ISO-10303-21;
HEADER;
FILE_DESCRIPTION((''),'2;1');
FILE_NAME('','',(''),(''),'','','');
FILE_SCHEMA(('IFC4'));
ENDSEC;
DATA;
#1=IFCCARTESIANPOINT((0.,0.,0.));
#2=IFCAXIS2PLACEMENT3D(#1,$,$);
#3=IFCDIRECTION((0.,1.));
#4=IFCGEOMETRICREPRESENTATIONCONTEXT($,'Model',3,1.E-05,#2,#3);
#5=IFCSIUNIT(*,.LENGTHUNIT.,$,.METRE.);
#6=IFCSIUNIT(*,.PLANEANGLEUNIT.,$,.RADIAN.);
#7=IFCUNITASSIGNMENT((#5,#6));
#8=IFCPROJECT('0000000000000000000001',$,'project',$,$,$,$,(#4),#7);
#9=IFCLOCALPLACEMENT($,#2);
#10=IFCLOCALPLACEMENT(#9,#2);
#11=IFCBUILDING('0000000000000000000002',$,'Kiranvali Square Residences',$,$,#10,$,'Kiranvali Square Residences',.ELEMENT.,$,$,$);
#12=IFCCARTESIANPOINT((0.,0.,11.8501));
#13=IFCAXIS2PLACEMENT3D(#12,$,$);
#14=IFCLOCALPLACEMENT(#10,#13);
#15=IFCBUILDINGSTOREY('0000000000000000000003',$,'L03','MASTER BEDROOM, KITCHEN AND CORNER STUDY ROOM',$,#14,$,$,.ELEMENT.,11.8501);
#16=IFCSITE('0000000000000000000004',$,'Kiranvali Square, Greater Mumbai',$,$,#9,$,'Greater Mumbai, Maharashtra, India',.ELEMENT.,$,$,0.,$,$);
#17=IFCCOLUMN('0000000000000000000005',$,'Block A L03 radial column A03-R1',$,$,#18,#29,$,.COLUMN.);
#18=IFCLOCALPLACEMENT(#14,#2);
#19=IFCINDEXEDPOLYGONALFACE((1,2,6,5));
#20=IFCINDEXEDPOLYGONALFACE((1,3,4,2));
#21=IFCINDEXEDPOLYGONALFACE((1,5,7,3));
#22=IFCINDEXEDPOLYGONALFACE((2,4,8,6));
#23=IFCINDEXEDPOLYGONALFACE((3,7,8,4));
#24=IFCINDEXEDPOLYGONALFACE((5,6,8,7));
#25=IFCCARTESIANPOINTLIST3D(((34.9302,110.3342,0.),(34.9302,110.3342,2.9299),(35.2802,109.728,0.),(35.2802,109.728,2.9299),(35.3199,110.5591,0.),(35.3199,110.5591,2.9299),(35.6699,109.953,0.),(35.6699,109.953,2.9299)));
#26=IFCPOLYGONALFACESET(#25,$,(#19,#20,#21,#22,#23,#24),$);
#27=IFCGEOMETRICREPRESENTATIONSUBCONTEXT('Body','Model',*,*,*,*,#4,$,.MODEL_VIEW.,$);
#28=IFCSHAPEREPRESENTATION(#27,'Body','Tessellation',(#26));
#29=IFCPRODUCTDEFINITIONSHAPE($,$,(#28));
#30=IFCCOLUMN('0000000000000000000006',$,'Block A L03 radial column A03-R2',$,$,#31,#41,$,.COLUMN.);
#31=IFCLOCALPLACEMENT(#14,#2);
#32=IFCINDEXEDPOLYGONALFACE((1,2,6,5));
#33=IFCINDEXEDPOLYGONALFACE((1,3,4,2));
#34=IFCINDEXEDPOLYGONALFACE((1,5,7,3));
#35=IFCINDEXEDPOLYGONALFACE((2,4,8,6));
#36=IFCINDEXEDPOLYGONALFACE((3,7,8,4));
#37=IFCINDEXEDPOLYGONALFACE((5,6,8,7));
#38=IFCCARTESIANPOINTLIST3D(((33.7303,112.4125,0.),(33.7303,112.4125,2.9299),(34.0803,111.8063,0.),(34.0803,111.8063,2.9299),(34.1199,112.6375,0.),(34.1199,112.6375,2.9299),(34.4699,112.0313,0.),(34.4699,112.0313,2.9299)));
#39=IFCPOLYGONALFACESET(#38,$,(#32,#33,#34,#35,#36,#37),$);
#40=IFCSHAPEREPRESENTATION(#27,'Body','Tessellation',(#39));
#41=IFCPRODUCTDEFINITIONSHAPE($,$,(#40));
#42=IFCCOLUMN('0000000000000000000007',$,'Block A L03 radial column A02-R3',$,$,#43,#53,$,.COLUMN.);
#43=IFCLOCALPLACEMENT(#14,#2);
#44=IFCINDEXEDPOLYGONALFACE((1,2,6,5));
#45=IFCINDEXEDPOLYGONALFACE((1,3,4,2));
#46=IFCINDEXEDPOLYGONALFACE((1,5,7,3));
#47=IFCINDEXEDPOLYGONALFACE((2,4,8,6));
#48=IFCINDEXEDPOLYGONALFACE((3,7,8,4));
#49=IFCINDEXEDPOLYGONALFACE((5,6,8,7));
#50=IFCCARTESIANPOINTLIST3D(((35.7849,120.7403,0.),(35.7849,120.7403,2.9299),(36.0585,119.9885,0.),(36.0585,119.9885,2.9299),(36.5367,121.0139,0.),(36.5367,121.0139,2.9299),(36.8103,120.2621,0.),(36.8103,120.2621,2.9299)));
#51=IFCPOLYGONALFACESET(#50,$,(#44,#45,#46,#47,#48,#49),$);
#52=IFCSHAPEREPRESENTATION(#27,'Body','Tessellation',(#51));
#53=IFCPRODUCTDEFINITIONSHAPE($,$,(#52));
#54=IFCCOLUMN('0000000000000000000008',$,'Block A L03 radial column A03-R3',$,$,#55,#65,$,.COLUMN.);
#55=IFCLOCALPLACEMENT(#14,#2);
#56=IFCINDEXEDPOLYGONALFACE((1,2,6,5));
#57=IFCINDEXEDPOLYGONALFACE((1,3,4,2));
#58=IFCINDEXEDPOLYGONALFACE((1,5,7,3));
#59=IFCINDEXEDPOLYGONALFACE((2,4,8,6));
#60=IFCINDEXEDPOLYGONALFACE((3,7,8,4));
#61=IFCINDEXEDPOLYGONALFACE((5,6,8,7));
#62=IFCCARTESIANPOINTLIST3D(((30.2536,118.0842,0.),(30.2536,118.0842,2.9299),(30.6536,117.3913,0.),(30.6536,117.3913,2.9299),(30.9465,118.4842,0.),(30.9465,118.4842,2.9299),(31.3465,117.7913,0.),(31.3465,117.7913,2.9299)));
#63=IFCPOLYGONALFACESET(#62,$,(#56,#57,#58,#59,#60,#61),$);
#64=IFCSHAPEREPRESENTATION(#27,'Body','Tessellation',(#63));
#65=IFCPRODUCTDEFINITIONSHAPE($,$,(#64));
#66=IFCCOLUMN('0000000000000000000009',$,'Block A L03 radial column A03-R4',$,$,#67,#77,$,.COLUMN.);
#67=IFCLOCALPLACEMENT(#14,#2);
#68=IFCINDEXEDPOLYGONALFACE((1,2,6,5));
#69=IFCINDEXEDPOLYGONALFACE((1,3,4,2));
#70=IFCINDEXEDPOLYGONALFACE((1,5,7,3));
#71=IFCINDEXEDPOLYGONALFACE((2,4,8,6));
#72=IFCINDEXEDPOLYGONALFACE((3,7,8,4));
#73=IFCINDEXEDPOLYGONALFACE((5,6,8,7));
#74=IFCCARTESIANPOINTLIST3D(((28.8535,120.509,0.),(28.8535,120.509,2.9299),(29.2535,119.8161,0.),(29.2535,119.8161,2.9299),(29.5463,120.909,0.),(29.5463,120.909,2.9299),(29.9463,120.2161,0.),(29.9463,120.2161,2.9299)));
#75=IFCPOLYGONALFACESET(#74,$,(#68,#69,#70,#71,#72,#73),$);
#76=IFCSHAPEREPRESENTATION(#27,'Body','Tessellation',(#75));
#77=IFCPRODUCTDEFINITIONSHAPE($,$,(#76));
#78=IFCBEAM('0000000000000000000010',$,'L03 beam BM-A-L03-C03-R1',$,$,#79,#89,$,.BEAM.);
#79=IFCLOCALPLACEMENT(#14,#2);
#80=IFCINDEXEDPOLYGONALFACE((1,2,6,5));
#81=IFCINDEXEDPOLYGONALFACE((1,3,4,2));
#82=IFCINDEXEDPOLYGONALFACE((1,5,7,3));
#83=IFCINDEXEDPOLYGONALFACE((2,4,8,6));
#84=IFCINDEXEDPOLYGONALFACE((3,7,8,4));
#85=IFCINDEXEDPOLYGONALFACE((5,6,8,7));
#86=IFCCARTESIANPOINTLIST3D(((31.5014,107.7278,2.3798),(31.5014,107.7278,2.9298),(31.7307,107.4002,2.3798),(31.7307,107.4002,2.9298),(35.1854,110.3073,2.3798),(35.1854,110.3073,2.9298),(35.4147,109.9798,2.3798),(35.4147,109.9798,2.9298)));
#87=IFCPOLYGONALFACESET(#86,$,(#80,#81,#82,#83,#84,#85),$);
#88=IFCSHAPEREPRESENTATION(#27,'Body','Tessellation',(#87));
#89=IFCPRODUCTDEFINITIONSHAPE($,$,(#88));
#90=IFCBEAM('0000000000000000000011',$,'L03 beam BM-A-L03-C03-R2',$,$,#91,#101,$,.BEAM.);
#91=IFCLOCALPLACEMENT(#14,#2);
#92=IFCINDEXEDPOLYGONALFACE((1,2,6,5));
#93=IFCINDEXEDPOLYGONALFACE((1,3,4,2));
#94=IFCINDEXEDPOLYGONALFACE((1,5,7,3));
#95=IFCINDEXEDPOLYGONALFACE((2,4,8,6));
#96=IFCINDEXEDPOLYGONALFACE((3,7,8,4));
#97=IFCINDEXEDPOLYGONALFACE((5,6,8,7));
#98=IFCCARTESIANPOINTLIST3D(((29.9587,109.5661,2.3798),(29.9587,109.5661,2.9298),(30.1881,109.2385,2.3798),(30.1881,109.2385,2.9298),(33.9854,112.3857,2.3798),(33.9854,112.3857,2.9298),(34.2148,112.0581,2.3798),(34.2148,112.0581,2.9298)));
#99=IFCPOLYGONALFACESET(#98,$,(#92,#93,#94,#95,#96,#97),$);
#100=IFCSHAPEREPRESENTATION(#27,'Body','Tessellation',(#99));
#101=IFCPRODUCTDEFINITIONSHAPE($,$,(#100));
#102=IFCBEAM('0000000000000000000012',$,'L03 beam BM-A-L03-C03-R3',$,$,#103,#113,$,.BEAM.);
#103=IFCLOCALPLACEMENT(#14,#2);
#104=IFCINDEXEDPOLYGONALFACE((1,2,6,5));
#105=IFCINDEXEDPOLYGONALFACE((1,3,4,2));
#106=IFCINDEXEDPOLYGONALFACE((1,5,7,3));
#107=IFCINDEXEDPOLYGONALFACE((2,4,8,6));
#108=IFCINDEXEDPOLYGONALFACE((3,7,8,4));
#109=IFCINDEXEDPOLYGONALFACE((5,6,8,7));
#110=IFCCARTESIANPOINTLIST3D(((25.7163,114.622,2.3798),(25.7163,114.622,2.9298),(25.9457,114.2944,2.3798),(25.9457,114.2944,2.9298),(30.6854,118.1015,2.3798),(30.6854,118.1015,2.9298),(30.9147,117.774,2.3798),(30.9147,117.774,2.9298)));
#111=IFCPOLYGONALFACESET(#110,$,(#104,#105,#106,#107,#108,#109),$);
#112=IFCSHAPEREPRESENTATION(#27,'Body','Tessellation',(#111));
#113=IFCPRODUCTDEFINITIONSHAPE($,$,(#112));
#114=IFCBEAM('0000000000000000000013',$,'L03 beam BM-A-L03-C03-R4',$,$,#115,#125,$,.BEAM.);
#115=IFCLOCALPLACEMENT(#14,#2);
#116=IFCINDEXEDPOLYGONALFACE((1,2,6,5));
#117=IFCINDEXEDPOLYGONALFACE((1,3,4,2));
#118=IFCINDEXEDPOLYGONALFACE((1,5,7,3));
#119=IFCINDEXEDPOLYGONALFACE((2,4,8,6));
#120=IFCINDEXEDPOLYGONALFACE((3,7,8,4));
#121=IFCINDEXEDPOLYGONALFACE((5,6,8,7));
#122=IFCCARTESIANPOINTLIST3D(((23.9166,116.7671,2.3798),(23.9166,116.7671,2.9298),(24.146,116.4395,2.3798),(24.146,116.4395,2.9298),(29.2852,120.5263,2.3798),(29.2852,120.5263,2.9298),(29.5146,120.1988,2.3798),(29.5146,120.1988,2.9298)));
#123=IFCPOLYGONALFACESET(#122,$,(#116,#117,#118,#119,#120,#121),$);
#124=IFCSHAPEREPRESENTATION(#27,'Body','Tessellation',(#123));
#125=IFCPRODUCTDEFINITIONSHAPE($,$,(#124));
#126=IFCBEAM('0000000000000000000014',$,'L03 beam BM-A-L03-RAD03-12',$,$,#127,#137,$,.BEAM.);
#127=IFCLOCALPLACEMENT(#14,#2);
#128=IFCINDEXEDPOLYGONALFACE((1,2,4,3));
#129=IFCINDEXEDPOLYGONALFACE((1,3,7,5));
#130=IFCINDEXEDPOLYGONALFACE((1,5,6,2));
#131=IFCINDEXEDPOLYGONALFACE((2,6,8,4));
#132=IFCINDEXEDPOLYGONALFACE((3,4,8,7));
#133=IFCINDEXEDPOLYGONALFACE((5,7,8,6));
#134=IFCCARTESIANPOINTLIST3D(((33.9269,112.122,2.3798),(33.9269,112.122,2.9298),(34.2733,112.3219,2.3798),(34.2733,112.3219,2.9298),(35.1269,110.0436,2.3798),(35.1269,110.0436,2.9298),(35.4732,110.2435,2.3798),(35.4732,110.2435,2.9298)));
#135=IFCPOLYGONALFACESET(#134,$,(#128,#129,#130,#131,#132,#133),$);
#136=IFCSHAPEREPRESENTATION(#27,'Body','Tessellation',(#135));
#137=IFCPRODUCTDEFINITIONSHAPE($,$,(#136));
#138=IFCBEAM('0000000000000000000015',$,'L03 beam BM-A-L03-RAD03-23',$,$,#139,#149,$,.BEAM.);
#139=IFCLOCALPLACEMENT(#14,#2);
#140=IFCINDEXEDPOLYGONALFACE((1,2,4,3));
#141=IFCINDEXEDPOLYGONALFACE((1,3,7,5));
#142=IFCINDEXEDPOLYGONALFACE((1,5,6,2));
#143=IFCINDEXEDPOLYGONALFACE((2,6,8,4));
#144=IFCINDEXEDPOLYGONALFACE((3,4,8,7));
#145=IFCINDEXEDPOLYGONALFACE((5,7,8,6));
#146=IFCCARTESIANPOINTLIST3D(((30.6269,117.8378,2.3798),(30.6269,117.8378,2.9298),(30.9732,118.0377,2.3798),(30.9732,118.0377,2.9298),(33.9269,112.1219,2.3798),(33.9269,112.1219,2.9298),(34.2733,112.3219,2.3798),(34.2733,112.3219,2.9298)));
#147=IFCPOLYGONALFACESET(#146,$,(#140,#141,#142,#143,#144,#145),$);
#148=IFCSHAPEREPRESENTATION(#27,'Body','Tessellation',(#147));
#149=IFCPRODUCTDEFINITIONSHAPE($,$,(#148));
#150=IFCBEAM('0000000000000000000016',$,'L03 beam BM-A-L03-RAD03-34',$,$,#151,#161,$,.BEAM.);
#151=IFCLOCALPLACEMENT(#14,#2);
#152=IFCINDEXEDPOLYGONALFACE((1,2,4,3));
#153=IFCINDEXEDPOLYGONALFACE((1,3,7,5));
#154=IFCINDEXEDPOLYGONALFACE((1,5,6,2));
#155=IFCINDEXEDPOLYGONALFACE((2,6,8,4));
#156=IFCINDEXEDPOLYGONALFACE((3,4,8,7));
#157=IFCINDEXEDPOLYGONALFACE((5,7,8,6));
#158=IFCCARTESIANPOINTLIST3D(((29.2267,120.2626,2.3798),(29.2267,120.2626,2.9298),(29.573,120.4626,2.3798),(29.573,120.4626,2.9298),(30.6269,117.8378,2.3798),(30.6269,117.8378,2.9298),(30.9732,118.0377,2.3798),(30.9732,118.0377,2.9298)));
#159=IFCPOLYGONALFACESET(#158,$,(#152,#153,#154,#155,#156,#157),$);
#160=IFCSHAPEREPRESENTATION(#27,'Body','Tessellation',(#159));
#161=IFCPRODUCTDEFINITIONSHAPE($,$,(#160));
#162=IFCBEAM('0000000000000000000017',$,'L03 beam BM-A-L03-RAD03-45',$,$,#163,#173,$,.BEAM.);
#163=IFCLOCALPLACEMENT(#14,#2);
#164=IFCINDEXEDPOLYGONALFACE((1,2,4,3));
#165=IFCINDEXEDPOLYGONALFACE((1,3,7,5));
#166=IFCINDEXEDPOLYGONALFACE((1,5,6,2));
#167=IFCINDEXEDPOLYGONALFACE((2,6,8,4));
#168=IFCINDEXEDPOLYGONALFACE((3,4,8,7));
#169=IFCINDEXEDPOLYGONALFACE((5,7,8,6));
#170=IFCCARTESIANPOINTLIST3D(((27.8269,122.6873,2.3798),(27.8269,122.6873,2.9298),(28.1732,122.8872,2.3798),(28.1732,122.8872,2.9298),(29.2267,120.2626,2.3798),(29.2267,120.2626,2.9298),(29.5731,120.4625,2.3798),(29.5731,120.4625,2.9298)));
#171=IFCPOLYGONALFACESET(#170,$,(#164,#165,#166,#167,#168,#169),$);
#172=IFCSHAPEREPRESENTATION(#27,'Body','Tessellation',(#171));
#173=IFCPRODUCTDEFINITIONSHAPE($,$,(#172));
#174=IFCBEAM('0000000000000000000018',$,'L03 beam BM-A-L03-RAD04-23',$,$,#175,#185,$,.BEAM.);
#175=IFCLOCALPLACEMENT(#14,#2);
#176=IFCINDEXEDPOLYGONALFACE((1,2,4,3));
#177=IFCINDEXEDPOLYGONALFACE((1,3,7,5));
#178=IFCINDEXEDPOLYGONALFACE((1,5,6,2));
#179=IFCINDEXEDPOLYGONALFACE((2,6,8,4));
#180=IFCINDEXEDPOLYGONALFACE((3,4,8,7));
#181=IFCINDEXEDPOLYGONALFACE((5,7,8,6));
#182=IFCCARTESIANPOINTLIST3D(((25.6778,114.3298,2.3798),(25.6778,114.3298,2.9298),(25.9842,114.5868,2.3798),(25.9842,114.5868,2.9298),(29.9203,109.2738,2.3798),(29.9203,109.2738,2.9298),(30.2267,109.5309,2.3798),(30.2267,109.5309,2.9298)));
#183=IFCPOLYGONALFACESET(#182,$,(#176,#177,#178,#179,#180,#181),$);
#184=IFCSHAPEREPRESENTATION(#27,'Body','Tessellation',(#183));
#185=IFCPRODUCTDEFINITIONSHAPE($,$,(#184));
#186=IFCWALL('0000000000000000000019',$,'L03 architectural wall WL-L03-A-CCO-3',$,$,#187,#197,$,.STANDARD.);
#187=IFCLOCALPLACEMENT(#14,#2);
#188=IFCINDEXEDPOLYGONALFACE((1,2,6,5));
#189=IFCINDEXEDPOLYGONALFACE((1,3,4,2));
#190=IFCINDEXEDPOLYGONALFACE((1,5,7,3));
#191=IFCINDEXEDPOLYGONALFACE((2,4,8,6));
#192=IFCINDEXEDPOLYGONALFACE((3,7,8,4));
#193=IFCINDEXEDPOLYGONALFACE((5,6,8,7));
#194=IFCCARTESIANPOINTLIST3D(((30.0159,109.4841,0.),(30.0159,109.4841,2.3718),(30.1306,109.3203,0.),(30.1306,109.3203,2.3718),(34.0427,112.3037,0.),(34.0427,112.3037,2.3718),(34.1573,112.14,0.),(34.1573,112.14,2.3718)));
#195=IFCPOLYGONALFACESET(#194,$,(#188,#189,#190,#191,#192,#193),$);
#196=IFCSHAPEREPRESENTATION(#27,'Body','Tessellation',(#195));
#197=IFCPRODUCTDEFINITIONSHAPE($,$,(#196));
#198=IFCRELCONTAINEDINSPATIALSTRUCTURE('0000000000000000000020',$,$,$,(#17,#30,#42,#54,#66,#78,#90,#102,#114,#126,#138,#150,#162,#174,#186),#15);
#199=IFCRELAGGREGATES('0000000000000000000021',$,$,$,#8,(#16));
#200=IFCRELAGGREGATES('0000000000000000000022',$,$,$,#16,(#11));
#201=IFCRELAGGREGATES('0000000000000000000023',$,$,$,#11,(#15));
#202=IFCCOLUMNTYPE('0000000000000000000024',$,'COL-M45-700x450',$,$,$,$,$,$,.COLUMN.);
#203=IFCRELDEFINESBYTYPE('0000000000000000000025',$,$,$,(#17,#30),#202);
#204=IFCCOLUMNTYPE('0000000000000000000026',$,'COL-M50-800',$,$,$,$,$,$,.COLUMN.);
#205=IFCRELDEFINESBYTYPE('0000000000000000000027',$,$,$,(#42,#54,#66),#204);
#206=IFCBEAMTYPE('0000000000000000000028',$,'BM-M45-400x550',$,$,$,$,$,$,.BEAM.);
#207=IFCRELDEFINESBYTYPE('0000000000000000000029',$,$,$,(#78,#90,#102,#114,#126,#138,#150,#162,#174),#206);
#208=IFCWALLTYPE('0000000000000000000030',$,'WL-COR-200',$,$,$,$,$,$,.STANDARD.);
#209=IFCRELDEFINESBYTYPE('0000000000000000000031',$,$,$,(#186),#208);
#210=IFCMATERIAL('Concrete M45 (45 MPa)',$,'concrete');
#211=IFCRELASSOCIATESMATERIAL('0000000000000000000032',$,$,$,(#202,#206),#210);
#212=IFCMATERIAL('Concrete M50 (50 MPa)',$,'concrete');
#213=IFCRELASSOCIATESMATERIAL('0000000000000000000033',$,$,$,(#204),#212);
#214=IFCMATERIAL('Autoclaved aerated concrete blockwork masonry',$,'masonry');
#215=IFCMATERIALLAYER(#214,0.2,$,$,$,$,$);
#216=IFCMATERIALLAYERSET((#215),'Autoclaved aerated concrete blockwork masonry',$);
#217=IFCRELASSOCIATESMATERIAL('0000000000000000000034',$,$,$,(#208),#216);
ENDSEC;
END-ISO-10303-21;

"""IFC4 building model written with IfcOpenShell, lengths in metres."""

from ifc_helpers import new_model, si_unit, direction, frame, frame_2d, origin, origin_2d, place, context, subcontext, project, spatial, rectangle, extrude, material, layer, layer_set, material_profile, profile_set, type_object, element, save


model = new_model("IFC4")

# Units and contexts
model_context = context("Model", 3, precision=1e-05, world=origin(), true_north=direction((0.0, 1.0)))
body_context = subcontext(model_context, "Body", "Model", "MODEL_VIEW")
ifc_project = project(units=[si_unit("LENGTHUNIT", "METRE"), si_unit("PLANEANGLEUNIT", "RADIAN")], contexts=[model_context])

# Site, building, storey
site_placement = place(None, origin())
site = spatial("IfcSite", under=ifc_project, at=site_placement, Name="Kiranvali Square, Greater Mumbai", LongName="Greater Mumbai, Maharashtra, India", CompositionType="ELEMENT", RefElevation=0.0)
building_placement = place(site_placement, origin())
building = spatial("IfcBuilding", under=site, at=building_placement, Name="Kiranvali Square Residences", LongName="Kiranvali Square Residences", CompositionType="ELEMENT")
storey_placement = place(building_placement, frame((0.0, 0.0, 11.8501)))
storey = spatial("IfcBuildingStorey", under=building, at=storey_placement, Name="L03", Description="MASTER BEDROOM, KITCHEN AND CORNER STUDY ROOM", CompositionType="ELEMENT", Elevation=11.8501)

# Columns
ifc_material_1 = material(Name="Concrete M45 (45 MPa)", Category="concrete")
ifc_material_profile_1 = material_profile(ifc_material_1, rectangle(XDim=0.45, YDim=0.7, at=origin_2d()), Name="RC 700x450")
ifc_profile_set_1 = profile_set([ifc_material_profile_1], Name="Concrete M45 (45 MPa)")
column_type_1 = type_object("IfcColumnType", Name="COL-M45-700x450", PredefinedType="COLUMN", material=ifc_profile_set_1)
for number, where, z_axis, x_axis, name in (
    (1, (35.3, 110.1436, 0.0), (0.0, 0.0, 1.0), (0.866025, 0.5, 0.0), "Block A L03 radial column A03-R1"),
    (2, (34.1001, 112.2219, 0.0), (0.0, 0.0, 1.0), (0.866025, 0.5, 0.0), "Block A L03 radial column A03-R2"),
):
    element("IfcColumn", number, at=place(storey_placement, frame(where, z_axis=z_axis, x_axis=x_axis)), inside=storey, type_object=column_type_1, Name=name, PredefinedType="COLUMN", context=body_context, shape_type="SweptSolid", body=[
        extrude(rectangle(XDim=0.45, YDim=0.7, at=origin_2d()), origin(), (0.0, 0.0, 1.0), 2.9299),
    ])
ifc_material_2 = material(Name="Concrete M50 (50 MPa)", Category="concrete")
ifc_material_profile_2 = material_profile(ifc_material_2, rectangle(XDim=0.8, YDim=0.8, at=origin_2d()), Name="RC 800x800")
ifc_profile_set_2 = profile_set([ifc_material_profile_2], Name="Concrete M50 (50 MPa)")
column_type_2 = type_object("IfcColumnType", Name="COL-M50-800", PredefinedType="COLUMN", material=ifc_profile_set_2)
for number, where, z_axis, x_axis, name in (
    (3, (36.2976, 120.5012, 0.0), (0.0, 0.0, 1.0), (0.939693, 0.34202, 0.0), "Block A L03 radial column A02-R3"),
    (4, (30.8, 117.9377, 0.0), (0.0, 0.0, 1.0), (0.866025, 0.5, 0.0), "Block A L03 radial column A03-R3"),
    (5, (29.3999, 120.3625, 0.0), (0.0, 0.0, 1.0), (0.866025, 0.5, 0.0), "Block A L03 radial column A03-R4"),
):
    element("IfcColumn", number, at=place(storey_placement, frame(where, z_axis=z_axis, x_axis=x_axis)), inside=storey, type_object=column_type_2, Name=name, PredefinedType="COLUMN", context=body_context, shape_type="SweptSolid", body=[
        extrude(rectangle(XDim=0.8, YDim=0.8, at=origin_2d()), origin(), (0.0, 0.0, 1.0), 2.9299),
    ])

# Beams
ifc_material_profile_3 = material_profile(ifc_material_1, rectangle(XDim=0.3999, YDim=0.55, at=origin_2d()), Name="RC 400x550")
ifc_profile_set_3 = profile_set([ifc_material_profile_3], Name="Concrete M45 (45 MPa)")
beam_type = type_object("IfcBeamType", Name="BM-M45-400x550", PredefinedType="BEAM", material=ifc_profile_set_3)
beam_1_placement = place(storey_placement, frame((35.3, 110.1436, 2.6548), z_axis=(-0.819155, -0.573572, 0.0), x_axis=(0.573572, -0.819155, 0.0)))
element("IfcBeam", 6, at=beam_1_placement, inside=storey, type_object=beam_type, Name="L03 beam BM-A-L03-C03-R1", PredefinedType="BEAM", context=body_context, shape_type="SweptSolid", body=[
    extrude(rectangle(XDim=0.3999, YDim=0.55, at=origin_2d()), origin(), (0.0, 0.0, 1.0), 4.4973),
])
beam_2_placement = place(storey_placement, frame((34.1001, 112.2219, 2.6548), z_axis=(-0.819141, -0.573592, 0.0), x_axis=(0.573592, -0.819141, 0.0)))
element("IfcBeam", 7, at=beam_2_placement, inside=storey, type_object=beam_type, Name="L03 beam BM-A-L03-C03-R2", PredefinedType="BEAM", context=body_context, shape_type="SweptSolid", body=[
    extrude(rectangle(XDim=0.3999, YDim=0.55, at=origin_2d()), origin(), (0.0, 0.0, 1.0), 4.9158),
])
beam_3_placement = place(storey_placement, frame((30.8, 117.9377, 2.6548), z_axis=(-0.819139, -0.573595, 0.0), x_axis=(0.573595, -0.819139, 0.0)))
element("IfcBeam", 8, at=beam_3_placement, inside=storey, type_object=beam_type, Name="L03 beam BM-A-L03-C03-R3", PredefinedType="BEAM", context=body_context, shape_type="SweptSolid", body=[
    extrude(rectangle(XDim=0.3999, YDim=0.55, at=origin_2d()), origin(), (0.0, 0.0, 1.0), 6.0662),
])
beam_4_placement = place(storey_placement, frame((29.3999, 120.3625, 2.6548), z_axis=(-0.819144, -0.573587, 0.0), x_axis=(0.573587, -0.819144, 0.0)))
element("IfcBeam", 9, at=beam_4_placement, inside=storey, type_object=beam_type, Name="L03 beam BM-A-L03-C03-R4", PredefinedType="BEAM", context=body_context, shape_type="SweptSolid", body=[
    extrude(rectangle(XDim=0.3999, YDim=0.55, at=origin_2d()), origin(), (0.0, 0.0, 1.0), 6.554),
])
beam_5_placement = place(storey_placement, frame((35.3, 110.1436, 2.6548), z_axis=(-0.500001, 0.866025, 0.0), x_axis=(-0.866025, -0.500001, 0.0)))
element("IfcBeam", 10, at=beam_5_placement, inside=storey, type_object=beam_type, Name="L03 beam BM-A-L03-RAD03-12", PredefinedType="BEAM", context=body_context, shape_type="SweptSolid", body=[
    extrude(rectangle(XDim=0.3999, YDim=0.55, at=origin_2d()), origin(), (0.0, 0.0, 1.0), 2.3999),
])
beam_6_placement = place(storey_placement, frame((34.1001, 112.2219, 2.6548), z_axis=(-0.500002, 0.866024, 0.0), x_axis=(-0.866024, -0.500002, 0.0)))
element("IfcBeam", 11, at=beam_6_placement, inside=storey, type_object=beam_type, Name="L03 beam BM-A-L03-RAD03-23", PredefinedType="BEAM", context=body_context, shape_type="SweptSolid", body=[
    extrude(rectangle(XDim=0.3999, YDim=0.55, at=origin_2d()), origin(), (0.0, 0.0, 1.0), 6.6001),
])
beam_7_placement = place(storey_placement, frame((30.8, 117.9377, 2.6548), z_axis=(-0.50005, 0.865997, 0.0), x_axis=(-0.865997, -0.50005, 0.0)))
element("IfcBeam", 12, at=beam_7_placement, inside=storey, type_object=beam_type, Name="L03 beam BM-A-L03-RAD03-34", PredefinedType="BEAM", context=body_context, shape_type="SweptSolid", body=[
    extrude(rectangle(XDim=0.3999, YDim=0.55, at=origin_2d()), origin(), (0.0, 0.0, 1.0), 2.8),
])
beam_8_placement = place(storey_placement, frame((29.3999, 120.3625, 2.6548), z_axis=(-0.499984, 0.866035, 0.0), x_axis=(-0.866035, -0.499984, 0.0)))
element("IfcBeam", 13, at=beam_8_placement, inside=storey, type_object=beam_type, Name="L03 beam BM-A-L03-RAD03-45", PredefinedType="BEAM", context=body_context, shape_type="SweptSolid", body=[
    extrude(rectangle(XDim=0.3999, YDim=0.55, at=origin_2d()), origin(), (0.0, 0.0, 1.0), 2.7998),
])
beam_9_placement = place(storey_placement, frame((30.0735, 109.4023, 2.6548), z_axis=(-0.642789, 0.766043, 0.0), x_axis=(-0.766043, -0.642789, 0.0)))
element("IfcBeam", 14, at=beam_9_placement, inside=storey, type_object=beam_type, Name="L03 beam BM-A-L03-RAD04-23", PredefinedType="BEAM", context=body_context, shape_type="SweptSolid", body=[
    extrude(rectangle(XDim=0.3999, YDim=0.55, at=origin_2d()), origin(), (0.0, 0.0, 1.0), 6.6001),
])

# Shared definitions
ifc_material_3 = material(Name="Autoclaved aerated concrete blockwork masonry", Category="masonry")
ifc_layer_1 = layer(ifc_material_3, 0.2)
ifc_layer_set_1 = layer_set([ifc_layer_1], Name="Autoclaved aerated concrete blockwork masonry")
wall_type_1 = type_object("IfcWallType", Name="WL-COR-200", PredefinedType="STANDARD", material=ifc_layer_set_1)

# Wall
wall_1_placement = place(storey_placement, frame((34.1001, 112.2219, 0.0), z_axis=(0.0, 0.0, 1.0), x_axis=(-0.819141, -0.573592, 0.0)))
element("IfcWall", 15, at=wall_1_placement, inside=storey, type_object=wall_type_1, Name="L03 architectural wall WL-L03-A-CCO-3", PredefinedType="STANDARD", context=body_context, shape_type="SweptSolid", body=[
    extrude(rectangle(XDim=4.9158, YDim=0.2, at=frame_2d((2.458, 0.0))), origin(), (0.0, 0.0, 1.0), 2.3718),
])

save(model, "model.ifc")
